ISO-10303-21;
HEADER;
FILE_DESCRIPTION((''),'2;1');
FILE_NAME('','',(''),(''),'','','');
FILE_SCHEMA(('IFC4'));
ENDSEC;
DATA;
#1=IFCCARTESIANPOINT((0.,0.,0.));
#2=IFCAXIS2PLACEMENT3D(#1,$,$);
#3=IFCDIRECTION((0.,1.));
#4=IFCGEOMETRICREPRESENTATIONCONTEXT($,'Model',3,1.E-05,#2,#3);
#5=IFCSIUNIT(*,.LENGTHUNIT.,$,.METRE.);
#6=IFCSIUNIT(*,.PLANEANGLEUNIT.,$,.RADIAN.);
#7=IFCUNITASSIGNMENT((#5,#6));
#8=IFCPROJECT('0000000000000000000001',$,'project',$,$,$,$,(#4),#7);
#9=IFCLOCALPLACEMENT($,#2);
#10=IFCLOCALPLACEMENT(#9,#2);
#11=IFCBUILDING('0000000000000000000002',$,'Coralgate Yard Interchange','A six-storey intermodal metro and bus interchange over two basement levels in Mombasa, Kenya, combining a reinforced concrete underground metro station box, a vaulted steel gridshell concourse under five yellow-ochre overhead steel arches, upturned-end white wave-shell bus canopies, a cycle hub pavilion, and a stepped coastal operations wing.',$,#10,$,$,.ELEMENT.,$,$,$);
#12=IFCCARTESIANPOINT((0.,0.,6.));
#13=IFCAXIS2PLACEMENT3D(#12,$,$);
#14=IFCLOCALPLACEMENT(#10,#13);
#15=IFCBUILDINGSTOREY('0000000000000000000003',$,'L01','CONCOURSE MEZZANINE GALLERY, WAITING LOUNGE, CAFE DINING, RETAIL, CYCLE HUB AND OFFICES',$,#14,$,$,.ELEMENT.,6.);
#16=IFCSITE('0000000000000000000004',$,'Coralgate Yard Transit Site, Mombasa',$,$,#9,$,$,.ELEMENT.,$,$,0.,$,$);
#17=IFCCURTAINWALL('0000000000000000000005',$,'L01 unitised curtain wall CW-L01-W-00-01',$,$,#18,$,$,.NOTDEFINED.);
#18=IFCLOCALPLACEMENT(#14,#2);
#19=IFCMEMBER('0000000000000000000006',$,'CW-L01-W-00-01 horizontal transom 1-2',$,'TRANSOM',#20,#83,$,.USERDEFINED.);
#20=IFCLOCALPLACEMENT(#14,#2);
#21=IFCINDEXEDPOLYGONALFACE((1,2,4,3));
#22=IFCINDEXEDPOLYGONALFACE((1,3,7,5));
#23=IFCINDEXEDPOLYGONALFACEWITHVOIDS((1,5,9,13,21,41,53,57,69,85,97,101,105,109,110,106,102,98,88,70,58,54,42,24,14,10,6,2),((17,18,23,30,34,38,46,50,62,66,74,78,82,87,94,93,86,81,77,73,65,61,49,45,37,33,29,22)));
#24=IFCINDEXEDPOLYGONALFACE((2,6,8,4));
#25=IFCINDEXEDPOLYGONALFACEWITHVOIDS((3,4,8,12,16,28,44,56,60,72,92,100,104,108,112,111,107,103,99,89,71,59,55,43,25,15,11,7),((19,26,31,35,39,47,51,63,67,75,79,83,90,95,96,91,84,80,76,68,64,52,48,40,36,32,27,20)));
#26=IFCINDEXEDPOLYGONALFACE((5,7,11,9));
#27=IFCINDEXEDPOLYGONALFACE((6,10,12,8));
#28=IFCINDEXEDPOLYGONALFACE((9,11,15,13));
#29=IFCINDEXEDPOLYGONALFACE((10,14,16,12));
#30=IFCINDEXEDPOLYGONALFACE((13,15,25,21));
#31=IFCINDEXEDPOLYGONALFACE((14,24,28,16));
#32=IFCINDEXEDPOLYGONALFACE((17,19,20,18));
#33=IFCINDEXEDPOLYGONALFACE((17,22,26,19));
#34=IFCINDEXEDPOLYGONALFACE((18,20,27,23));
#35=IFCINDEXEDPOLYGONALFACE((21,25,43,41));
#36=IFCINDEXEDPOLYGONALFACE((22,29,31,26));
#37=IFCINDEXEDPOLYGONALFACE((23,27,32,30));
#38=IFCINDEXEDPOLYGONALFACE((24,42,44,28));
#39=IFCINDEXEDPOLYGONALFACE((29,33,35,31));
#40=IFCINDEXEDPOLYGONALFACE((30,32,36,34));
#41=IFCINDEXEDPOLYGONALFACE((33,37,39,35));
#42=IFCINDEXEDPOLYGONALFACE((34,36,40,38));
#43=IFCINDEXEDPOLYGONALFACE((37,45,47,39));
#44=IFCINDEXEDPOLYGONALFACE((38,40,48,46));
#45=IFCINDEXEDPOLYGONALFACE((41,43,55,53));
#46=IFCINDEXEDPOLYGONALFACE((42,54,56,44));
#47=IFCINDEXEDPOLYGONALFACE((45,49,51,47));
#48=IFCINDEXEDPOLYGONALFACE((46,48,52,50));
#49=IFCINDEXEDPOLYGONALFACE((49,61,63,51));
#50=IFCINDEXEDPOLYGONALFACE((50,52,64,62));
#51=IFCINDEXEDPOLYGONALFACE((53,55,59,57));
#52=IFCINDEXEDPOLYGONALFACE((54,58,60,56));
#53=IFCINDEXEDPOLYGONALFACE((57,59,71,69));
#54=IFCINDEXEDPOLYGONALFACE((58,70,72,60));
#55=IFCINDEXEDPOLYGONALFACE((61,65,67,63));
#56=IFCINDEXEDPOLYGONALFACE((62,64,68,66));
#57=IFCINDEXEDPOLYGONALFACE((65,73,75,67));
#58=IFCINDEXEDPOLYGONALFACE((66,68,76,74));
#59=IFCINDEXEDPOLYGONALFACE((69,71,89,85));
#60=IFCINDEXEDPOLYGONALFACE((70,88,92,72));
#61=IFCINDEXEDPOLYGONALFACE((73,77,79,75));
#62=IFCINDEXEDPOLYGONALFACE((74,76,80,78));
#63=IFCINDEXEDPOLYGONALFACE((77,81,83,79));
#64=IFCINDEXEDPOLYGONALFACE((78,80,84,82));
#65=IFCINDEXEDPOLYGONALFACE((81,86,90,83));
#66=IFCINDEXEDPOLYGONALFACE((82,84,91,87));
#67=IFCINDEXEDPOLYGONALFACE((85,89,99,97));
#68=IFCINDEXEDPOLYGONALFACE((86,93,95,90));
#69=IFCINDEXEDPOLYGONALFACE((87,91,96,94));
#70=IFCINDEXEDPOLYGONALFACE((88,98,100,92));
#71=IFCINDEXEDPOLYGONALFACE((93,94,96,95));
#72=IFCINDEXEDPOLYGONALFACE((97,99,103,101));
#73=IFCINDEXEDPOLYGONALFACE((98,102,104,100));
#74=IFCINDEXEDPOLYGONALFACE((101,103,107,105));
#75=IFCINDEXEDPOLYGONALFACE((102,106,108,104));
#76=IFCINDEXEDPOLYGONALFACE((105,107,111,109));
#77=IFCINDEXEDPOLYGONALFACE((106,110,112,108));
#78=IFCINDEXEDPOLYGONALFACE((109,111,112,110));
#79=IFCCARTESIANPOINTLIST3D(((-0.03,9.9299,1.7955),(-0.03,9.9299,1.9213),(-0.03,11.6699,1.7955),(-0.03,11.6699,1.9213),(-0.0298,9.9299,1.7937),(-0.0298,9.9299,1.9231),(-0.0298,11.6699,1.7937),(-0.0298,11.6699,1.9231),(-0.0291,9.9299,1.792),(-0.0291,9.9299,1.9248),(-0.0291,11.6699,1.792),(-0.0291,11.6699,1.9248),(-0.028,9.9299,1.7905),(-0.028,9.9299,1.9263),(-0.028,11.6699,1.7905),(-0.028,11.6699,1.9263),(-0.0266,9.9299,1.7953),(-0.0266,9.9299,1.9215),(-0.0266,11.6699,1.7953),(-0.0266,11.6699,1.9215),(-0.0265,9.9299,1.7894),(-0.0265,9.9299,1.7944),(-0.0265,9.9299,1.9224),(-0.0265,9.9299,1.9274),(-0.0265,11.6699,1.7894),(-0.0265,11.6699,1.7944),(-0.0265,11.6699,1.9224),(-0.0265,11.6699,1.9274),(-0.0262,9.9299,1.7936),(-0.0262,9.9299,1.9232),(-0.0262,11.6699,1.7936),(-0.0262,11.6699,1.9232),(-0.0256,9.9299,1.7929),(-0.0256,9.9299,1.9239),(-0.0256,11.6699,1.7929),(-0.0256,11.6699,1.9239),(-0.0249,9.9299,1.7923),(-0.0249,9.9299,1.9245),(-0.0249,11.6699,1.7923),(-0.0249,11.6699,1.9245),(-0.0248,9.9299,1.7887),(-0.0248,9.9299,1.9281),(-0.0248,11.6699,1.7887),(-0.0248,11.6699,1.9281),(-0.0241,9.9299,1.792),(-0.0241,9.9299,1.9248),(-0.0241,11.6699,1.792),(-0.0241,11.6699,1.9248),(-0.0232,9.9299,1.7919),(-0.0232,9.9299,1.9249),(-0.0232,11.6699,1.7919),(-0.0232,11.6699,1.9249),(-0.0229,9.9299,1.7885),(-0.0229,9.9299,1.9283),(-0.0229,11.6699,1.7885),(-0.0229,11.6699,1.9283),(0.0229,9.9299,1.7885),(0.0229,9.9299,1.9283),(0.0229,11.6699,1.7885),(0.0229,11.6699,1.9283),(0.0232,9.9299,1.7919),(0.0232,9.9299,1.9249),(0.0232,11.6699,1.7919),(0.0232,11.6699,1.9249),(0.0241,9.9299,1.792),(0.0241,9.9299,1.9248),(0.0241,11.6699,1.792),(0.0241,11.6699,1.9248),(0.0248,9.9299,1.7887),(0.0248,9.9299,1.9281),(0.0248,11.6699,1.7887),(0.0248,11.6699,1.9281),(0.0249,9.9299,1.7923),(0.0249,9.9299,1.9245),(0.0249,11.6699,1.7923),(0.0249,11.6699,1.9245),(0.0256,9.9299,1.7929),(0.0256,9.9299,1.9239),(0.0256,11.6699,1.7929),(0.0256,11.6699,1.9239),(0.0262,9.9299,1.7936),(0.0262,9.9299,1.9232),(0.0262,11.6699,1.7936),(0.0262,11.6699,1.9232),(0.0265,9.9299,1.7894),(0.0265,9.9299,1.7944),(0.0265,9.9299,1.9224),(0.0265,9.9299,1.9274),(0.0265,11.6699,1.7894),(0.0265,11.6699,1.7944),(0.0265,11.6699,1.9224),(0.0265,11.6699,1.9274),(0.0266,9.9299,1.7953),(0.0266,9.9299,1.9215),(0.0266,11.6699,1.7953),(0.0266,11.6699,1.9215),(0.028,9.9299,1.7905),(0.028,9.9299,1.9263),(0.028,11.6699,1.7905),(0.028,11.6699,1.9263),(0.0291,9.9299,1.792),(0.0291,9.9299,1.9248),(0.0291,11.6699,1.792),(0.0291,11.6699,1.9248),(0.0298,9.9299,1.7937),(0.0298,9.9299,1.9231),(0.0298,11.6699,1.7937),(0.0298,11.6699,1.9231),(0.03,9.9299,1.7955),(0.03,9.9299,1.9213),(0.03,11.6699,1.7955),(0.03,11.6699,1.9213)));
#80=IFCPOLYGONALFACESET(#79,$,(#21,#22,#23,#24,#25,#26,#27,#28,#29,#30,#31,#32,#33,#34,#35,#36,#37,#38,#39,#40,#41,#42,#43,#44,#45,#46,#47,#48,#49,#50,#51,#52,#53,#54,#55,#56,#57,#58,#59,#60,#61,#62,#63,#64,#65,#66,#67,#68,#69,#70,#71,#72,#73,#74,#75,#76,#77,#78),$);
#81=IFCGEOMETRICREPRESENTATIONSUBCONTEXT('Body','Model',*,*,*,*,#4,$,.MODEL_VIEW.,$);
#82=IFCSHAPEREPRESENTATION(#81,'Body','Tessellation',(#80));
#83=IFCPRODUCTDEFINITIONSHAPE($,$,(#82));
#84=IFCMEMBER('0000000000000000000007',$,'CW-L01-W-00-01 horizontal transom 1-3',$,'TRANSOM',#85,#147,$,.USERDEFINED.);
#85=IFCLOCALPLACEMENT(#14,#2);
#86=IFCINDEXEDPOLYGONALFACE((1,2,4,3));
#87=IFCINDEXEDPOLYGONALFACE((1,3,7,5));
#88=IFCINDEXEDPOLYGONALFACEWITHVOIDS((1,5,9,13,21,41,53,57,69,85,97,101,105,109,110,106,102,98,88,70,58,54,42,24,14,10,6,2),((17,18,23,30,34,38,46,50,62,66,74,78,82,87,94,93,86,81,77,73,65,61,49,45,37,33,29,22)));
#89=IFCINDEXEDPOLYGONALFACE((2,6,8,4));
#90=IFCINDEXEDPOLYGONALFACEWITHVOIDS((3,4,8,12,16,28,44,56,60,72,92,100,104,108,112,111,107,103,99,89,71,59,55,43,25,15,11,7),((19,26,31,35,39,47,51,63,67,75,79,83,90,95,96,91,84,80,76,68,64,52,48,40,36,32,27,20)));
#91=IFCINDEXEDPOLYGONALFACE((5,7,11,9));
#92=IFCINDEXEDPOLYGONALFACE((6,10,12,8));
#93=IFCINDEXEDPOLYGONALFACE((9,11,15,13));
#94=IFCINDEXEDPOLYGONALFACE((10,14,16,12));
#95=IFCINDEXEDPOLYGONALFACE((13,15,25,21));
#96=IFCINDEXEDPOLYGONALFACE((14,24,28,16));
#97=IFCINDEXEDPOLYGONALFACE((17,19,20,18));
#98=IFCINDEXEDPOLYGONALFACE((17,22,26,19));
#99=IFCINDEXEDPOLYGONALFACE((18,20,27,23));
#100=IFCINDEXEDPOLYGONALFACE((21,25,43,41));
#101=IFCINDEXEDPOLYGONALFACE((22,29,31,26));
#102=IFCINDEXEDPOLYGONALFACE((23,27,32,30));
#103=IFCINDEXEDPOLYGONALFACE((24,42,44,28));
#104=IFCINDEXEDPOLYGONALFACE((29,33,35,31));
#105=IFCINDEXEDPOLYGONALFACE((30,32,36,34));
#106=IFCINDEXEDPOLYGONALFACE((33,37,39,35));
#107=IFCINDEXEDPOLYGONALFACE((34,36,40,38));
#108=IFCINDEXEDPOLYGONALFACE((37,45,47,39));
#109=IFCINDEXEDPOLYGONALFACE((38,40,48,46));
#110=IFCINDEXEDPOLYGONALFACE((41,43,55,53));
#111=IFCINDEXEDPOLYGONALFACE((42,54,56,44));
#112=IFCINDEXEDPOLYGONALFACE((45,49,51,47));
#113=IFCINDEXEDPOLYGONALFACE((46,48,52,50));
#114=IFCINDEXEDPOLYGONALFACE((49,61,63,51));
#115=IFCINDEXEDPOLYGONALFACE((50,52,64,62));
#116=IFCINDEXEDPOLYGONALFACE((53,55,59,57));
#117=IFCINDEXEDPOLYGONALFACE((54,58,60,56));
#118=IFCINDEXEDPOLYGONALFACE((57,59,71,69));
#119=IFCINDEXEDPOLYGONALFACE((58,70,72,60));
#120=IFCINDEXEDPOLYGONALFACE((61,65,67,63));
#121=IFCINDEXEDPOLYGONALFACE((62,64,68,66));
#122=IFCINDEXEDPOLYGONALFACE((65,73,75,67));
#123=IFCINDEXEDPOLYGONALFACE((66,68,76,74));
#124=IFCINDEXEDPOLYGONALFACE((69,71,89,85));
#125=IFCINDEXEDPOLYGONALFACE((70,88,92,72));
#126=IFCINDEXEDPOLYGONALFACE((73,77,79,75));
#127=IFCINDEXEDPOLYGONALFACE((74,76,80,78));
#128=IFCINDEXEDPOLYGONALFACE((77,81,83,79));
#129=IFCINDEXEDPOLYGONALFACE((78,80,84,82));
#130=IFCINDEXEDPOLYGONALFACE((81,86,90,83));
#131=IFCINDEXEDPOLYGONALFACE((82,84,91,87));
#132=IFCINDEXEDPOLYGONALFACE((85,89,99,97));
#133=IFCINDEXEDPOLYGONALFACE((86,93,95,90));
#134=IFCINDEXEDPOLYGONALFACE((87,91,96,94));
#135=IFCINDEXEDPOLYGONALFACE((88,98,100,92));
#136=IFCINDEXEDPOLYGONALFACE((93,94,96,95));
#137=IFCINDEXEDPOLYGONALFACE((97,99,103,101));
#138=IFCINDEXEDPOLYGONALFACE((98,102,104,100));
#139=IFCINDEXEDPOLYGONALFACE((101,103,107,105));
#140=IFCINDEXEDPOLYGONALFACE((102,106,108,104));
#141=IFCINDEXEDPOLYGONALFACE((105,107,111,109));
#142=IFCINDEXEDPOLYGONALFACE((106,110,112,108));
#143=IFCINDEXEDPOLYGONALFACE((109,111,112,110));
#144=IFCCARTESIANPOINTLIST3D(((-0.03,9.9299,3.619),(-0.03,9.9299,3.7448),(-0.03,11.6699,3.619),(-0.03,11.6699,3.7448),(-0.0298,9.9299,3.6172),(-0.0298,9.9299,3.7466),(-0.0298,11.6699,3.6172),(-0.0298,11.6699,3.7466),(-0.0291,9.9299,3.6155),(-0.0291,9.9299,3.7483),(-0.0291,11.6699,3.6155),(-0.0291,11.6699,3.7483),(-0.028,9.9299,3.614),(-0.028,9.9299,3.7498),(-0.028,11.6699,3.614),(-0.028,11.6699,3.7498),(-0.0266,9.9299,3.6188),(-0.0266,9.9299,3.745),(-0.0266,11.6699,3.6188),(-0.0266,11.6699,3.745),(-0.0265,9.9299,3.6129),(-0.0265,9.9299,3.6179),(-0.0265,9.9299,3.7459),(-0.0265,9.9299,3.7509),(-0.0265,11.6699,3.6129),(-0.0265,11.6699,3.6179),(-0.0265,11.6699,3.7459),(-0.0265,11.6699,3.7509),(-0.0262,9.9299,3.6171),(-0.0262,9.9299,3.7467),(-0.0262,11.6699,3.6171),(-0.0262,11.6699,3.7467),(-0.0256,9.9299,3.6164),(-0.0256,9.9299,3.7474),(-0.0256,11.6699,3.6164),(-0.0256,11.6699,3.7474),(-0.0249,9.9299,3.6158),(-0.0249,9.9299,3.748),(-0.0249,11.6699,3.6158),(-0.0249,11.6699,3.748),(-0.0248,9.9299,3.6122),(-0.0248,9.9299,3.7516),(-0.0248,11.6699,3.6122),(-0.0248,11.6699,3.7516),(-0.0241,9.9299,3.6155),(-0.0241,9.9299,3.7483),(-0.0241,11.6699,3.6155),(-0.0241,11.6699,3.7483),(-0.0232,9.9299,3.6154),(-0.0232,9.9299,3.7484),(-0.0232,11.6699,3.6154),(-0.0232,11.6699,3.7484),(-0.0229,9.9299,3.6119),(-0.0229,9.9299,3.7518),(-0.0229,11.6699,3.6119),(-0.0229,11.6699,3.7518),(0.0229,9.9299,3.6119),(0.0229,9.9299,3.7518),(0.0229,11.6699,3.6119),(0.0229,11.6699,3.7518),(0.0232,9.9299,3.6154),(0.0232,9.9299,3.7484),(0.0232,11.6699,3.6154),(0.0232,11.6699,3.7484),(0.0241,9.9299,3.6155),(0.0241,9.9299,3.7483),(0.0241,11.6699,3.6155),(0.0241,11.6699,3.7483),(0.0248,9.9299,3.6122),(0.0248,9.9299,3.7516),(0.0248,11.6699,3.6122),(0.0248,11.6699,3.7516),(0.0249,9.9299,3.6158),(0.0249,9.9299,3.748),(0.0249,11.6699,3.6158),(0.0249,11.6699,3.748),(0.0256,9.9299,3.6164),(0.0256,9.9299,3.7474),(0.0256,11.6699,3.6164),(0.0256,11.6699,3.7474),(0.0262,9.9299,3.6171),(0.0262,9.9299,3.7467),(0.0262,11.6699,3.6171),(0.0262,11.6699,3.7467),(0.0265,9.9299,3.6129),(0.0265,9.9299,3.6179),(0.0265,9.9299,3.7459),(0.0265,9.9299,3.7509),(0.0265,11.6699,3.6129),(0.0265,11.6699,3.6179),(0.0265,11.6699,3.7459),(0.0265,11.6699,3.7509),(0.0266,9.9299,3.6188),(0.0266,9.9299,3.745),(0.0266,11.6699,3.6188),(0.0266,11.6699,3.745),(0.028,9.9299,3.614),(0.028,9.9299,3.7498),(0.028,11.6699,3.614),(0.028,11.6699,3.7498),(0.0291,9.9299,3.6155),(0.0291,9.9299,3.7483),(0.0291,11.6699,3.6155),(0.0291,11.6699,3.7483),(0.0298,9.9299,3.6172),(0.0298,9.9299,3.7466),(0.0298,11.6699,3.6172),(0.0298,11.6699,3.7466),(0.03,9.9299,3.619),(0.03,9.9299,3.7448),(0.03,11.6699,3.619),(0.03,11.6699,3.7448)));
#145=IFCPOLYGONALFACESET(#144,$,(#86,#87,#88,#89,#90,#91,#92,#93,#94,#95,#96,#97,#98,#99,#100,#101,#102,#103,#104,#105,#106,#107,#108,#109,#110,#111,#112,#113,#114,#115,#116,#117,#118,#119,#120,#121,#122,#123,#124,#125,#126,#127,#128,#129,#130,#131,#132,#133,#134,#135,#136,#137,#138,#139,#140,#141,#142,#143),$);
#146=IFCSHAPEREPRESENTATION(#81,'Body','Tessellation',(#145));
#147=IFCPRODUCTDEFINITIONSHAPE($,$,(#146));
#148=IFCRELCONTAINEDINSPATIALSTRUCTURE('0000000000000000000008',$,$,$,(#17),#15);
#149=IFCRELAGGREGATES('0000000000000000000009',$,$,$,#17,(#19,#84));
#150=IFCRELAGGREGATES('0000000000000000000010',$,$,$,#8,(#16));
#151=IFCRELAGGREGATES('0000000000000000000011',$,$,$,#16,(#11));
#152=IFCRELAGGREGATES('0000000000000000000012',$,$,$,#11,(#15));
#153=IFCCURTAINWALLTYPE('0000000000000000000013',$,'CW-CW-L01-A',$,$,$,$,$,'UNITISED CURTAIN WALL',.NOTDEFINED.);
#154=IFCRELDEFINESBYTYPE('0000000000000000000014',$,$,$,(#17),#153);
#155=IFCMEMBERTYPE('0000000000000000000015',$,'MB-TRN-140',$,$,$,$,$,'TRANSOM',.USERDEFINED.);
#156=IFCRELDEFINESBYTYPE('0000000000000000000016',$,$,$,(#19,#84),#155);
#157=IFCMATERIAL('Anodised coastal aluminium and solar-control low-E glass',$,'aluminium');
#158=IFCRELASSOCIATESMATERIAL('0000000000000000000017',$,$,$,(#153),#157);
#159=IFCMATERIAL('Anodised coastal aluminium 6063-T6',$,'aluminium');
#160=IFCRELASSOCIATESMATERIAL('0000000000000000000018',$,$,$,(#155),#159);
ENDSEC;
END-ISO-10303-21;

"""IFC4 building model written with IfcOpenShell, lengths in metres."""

from ifc_helpers import new_model, si_unit, direction, frame, origin, origin_2d, place, context, subcontext, project, spatial, hollow_rectangle, extrude, material, material_profile, profile_set, type_object, element, aggregate, save


model = new_model("IFC4")

# Units and contexts
model_context = context("Model", 3, precision=1e-05, world=origin(), true_north=direction((0.0, 1.0)))
body_context = subcontext(model_context, "Body", "Model", "MODEL_VIEW")
ifc_project = project(units=[si_unit("LENGTHUNIT", "METRE"), si_unit("PLANEANGLEUNIT", "RADIAN")], contexts=[model_context])

# Site, building, storey
site_placement = place(None, origin())
site = spatial("IfcSite", under=ifc_project, at=site_placement, Name="Coralgate Yard Transit Site, Mombasa", CompositionType="ELEMENT", RefElevation=0.0)
building_placement = place(site_placement, origin())
building = spatial("IfcBuilding", under=site, at=building_placement, Name="Coralgate Yard Interchange", Description="A six-storey intermodal metro and bus interchange over two basement levels in Mombasa, Kenya, combining a reinforced concrete underground metro station box, a vaulted steel gridshell concourse under five yellow-ochre overhead steel arches, upturned-end white wave-shell bus canopies, a cycle hub pavilion, and a stepped coastal operations wing.", CompositionType="ELEMENT")
storey_placement = place(building_placement, frame((0.0, 0.0, 6.0)))
storey = spatial("IfcBuildingStorey", under=building, at=storey_placement, Name="L01", Description="CONCOURSE MEZZANINE GALLERY, WAITING LOUNGE, CAFE DINING, RETAIL, CYCLE HUB AND OFFICES", CompositionType="ELEMENT", Elevation=6.0)

# Curtain wall
ifc_material_1 = material(Name="Anodised coastal aluminium and solar-control low-E glass", Category="aluminium")
ifc_material_2 = material(Name="Anodised coastal aluminium 6063-T6", Category="aluminium")
curtain_wall_type_1 = type_object("IfcCurtainWallType", Name="CW-CW-L01-A", ElementType="UNITISED CURTAIN WALL", PredefinedType="NOTDEFINED", material=ifc_material_1)
curtain_wall_1_placement = place(storey_placement, origin())
curtain_wall_1 = element("IfcCurtainWall", 1, at=curtain_wall_1_placement, inside=storey, type_object=curtain_wall_type_1, Name="L01 unitised curtain wall CW-L01-W-00-01", PredefinedType="NOTDEFINED")

# Members
ifc_material_profile_1 = material_profile(ifc_material_2, hollow_rectangle(XDim=0.0601, YDim=0.1399, WallThickness=0.0034, InnerFilletRadius=0.0034, OuterFilletRadius=0.0071, at=origin_2d()), Name="ALU 60x140x3.5")
ifc_profile_set_1 = profile_set([ifc_material_profile_1], Name="Anodised coastal aluminium 6063-T6")
member_type_1 = type_object("IfcMemberType", Name="MB-TRN-140", ElementType="TRANSOM", PredefinedType="USERDEFINED", material=ifc_profile_set_1)
member_1_placement = place(storey_placement, frame((0.0, 9.9299, 1.8584), z_axis=(0.0, 1.0, 0.0), x_axis=(-1.0, 0.0, 0.0)))
member_1 = element("IfcMember", 2, at=member_1_placement, type_object=member_type_1, Name="CW-L01-W-00-01 horizontal transom 1-2", ObjectType="TRANSOM", PredefinedType="USERDEFINED", context=body_context, shape_type="SweptSolid", body=[
    extrude(hollow_rectangle(XDim=0.0601, YDim=0.1399, WallThickness=0.0034, InnerFilletRadius=0.0034, OuterFilletRadius=0.0071, at=origin_2d()), origin(), (0.0, 0.0, 1.0), 1.74),
])
member_2_placement = place(storey_placement, frame((0.0, 9.9299, 3.6819), z_axis=(0.0, 1.0, 0.0), x_axis=(-1.0, 0.0, 0.0)))
member_2 = element("IfcMember", 3, at=member_2_placement, type_object=member_type_1, Name="CW-L01-W-00-01 horizontal transom 1-3", ObjectType="TRANSOM", PredefinedType="USERDEFINED", context=body_context, shape_type="SweptSolid", body=[
    extrude(hollow_rectangle(XDim=0.0601, YDim=0.1399, WallThickness=0.0034, InnerFilletRadius=0.0034, OuterFilletRadius=0.0071, at=origin_2d()), origin(), (0.0, 0.0, 1.0), 1.74),
])

aggregate(curtain_wall_1, [member_1, member_2])

save(model, "model.ifc")
